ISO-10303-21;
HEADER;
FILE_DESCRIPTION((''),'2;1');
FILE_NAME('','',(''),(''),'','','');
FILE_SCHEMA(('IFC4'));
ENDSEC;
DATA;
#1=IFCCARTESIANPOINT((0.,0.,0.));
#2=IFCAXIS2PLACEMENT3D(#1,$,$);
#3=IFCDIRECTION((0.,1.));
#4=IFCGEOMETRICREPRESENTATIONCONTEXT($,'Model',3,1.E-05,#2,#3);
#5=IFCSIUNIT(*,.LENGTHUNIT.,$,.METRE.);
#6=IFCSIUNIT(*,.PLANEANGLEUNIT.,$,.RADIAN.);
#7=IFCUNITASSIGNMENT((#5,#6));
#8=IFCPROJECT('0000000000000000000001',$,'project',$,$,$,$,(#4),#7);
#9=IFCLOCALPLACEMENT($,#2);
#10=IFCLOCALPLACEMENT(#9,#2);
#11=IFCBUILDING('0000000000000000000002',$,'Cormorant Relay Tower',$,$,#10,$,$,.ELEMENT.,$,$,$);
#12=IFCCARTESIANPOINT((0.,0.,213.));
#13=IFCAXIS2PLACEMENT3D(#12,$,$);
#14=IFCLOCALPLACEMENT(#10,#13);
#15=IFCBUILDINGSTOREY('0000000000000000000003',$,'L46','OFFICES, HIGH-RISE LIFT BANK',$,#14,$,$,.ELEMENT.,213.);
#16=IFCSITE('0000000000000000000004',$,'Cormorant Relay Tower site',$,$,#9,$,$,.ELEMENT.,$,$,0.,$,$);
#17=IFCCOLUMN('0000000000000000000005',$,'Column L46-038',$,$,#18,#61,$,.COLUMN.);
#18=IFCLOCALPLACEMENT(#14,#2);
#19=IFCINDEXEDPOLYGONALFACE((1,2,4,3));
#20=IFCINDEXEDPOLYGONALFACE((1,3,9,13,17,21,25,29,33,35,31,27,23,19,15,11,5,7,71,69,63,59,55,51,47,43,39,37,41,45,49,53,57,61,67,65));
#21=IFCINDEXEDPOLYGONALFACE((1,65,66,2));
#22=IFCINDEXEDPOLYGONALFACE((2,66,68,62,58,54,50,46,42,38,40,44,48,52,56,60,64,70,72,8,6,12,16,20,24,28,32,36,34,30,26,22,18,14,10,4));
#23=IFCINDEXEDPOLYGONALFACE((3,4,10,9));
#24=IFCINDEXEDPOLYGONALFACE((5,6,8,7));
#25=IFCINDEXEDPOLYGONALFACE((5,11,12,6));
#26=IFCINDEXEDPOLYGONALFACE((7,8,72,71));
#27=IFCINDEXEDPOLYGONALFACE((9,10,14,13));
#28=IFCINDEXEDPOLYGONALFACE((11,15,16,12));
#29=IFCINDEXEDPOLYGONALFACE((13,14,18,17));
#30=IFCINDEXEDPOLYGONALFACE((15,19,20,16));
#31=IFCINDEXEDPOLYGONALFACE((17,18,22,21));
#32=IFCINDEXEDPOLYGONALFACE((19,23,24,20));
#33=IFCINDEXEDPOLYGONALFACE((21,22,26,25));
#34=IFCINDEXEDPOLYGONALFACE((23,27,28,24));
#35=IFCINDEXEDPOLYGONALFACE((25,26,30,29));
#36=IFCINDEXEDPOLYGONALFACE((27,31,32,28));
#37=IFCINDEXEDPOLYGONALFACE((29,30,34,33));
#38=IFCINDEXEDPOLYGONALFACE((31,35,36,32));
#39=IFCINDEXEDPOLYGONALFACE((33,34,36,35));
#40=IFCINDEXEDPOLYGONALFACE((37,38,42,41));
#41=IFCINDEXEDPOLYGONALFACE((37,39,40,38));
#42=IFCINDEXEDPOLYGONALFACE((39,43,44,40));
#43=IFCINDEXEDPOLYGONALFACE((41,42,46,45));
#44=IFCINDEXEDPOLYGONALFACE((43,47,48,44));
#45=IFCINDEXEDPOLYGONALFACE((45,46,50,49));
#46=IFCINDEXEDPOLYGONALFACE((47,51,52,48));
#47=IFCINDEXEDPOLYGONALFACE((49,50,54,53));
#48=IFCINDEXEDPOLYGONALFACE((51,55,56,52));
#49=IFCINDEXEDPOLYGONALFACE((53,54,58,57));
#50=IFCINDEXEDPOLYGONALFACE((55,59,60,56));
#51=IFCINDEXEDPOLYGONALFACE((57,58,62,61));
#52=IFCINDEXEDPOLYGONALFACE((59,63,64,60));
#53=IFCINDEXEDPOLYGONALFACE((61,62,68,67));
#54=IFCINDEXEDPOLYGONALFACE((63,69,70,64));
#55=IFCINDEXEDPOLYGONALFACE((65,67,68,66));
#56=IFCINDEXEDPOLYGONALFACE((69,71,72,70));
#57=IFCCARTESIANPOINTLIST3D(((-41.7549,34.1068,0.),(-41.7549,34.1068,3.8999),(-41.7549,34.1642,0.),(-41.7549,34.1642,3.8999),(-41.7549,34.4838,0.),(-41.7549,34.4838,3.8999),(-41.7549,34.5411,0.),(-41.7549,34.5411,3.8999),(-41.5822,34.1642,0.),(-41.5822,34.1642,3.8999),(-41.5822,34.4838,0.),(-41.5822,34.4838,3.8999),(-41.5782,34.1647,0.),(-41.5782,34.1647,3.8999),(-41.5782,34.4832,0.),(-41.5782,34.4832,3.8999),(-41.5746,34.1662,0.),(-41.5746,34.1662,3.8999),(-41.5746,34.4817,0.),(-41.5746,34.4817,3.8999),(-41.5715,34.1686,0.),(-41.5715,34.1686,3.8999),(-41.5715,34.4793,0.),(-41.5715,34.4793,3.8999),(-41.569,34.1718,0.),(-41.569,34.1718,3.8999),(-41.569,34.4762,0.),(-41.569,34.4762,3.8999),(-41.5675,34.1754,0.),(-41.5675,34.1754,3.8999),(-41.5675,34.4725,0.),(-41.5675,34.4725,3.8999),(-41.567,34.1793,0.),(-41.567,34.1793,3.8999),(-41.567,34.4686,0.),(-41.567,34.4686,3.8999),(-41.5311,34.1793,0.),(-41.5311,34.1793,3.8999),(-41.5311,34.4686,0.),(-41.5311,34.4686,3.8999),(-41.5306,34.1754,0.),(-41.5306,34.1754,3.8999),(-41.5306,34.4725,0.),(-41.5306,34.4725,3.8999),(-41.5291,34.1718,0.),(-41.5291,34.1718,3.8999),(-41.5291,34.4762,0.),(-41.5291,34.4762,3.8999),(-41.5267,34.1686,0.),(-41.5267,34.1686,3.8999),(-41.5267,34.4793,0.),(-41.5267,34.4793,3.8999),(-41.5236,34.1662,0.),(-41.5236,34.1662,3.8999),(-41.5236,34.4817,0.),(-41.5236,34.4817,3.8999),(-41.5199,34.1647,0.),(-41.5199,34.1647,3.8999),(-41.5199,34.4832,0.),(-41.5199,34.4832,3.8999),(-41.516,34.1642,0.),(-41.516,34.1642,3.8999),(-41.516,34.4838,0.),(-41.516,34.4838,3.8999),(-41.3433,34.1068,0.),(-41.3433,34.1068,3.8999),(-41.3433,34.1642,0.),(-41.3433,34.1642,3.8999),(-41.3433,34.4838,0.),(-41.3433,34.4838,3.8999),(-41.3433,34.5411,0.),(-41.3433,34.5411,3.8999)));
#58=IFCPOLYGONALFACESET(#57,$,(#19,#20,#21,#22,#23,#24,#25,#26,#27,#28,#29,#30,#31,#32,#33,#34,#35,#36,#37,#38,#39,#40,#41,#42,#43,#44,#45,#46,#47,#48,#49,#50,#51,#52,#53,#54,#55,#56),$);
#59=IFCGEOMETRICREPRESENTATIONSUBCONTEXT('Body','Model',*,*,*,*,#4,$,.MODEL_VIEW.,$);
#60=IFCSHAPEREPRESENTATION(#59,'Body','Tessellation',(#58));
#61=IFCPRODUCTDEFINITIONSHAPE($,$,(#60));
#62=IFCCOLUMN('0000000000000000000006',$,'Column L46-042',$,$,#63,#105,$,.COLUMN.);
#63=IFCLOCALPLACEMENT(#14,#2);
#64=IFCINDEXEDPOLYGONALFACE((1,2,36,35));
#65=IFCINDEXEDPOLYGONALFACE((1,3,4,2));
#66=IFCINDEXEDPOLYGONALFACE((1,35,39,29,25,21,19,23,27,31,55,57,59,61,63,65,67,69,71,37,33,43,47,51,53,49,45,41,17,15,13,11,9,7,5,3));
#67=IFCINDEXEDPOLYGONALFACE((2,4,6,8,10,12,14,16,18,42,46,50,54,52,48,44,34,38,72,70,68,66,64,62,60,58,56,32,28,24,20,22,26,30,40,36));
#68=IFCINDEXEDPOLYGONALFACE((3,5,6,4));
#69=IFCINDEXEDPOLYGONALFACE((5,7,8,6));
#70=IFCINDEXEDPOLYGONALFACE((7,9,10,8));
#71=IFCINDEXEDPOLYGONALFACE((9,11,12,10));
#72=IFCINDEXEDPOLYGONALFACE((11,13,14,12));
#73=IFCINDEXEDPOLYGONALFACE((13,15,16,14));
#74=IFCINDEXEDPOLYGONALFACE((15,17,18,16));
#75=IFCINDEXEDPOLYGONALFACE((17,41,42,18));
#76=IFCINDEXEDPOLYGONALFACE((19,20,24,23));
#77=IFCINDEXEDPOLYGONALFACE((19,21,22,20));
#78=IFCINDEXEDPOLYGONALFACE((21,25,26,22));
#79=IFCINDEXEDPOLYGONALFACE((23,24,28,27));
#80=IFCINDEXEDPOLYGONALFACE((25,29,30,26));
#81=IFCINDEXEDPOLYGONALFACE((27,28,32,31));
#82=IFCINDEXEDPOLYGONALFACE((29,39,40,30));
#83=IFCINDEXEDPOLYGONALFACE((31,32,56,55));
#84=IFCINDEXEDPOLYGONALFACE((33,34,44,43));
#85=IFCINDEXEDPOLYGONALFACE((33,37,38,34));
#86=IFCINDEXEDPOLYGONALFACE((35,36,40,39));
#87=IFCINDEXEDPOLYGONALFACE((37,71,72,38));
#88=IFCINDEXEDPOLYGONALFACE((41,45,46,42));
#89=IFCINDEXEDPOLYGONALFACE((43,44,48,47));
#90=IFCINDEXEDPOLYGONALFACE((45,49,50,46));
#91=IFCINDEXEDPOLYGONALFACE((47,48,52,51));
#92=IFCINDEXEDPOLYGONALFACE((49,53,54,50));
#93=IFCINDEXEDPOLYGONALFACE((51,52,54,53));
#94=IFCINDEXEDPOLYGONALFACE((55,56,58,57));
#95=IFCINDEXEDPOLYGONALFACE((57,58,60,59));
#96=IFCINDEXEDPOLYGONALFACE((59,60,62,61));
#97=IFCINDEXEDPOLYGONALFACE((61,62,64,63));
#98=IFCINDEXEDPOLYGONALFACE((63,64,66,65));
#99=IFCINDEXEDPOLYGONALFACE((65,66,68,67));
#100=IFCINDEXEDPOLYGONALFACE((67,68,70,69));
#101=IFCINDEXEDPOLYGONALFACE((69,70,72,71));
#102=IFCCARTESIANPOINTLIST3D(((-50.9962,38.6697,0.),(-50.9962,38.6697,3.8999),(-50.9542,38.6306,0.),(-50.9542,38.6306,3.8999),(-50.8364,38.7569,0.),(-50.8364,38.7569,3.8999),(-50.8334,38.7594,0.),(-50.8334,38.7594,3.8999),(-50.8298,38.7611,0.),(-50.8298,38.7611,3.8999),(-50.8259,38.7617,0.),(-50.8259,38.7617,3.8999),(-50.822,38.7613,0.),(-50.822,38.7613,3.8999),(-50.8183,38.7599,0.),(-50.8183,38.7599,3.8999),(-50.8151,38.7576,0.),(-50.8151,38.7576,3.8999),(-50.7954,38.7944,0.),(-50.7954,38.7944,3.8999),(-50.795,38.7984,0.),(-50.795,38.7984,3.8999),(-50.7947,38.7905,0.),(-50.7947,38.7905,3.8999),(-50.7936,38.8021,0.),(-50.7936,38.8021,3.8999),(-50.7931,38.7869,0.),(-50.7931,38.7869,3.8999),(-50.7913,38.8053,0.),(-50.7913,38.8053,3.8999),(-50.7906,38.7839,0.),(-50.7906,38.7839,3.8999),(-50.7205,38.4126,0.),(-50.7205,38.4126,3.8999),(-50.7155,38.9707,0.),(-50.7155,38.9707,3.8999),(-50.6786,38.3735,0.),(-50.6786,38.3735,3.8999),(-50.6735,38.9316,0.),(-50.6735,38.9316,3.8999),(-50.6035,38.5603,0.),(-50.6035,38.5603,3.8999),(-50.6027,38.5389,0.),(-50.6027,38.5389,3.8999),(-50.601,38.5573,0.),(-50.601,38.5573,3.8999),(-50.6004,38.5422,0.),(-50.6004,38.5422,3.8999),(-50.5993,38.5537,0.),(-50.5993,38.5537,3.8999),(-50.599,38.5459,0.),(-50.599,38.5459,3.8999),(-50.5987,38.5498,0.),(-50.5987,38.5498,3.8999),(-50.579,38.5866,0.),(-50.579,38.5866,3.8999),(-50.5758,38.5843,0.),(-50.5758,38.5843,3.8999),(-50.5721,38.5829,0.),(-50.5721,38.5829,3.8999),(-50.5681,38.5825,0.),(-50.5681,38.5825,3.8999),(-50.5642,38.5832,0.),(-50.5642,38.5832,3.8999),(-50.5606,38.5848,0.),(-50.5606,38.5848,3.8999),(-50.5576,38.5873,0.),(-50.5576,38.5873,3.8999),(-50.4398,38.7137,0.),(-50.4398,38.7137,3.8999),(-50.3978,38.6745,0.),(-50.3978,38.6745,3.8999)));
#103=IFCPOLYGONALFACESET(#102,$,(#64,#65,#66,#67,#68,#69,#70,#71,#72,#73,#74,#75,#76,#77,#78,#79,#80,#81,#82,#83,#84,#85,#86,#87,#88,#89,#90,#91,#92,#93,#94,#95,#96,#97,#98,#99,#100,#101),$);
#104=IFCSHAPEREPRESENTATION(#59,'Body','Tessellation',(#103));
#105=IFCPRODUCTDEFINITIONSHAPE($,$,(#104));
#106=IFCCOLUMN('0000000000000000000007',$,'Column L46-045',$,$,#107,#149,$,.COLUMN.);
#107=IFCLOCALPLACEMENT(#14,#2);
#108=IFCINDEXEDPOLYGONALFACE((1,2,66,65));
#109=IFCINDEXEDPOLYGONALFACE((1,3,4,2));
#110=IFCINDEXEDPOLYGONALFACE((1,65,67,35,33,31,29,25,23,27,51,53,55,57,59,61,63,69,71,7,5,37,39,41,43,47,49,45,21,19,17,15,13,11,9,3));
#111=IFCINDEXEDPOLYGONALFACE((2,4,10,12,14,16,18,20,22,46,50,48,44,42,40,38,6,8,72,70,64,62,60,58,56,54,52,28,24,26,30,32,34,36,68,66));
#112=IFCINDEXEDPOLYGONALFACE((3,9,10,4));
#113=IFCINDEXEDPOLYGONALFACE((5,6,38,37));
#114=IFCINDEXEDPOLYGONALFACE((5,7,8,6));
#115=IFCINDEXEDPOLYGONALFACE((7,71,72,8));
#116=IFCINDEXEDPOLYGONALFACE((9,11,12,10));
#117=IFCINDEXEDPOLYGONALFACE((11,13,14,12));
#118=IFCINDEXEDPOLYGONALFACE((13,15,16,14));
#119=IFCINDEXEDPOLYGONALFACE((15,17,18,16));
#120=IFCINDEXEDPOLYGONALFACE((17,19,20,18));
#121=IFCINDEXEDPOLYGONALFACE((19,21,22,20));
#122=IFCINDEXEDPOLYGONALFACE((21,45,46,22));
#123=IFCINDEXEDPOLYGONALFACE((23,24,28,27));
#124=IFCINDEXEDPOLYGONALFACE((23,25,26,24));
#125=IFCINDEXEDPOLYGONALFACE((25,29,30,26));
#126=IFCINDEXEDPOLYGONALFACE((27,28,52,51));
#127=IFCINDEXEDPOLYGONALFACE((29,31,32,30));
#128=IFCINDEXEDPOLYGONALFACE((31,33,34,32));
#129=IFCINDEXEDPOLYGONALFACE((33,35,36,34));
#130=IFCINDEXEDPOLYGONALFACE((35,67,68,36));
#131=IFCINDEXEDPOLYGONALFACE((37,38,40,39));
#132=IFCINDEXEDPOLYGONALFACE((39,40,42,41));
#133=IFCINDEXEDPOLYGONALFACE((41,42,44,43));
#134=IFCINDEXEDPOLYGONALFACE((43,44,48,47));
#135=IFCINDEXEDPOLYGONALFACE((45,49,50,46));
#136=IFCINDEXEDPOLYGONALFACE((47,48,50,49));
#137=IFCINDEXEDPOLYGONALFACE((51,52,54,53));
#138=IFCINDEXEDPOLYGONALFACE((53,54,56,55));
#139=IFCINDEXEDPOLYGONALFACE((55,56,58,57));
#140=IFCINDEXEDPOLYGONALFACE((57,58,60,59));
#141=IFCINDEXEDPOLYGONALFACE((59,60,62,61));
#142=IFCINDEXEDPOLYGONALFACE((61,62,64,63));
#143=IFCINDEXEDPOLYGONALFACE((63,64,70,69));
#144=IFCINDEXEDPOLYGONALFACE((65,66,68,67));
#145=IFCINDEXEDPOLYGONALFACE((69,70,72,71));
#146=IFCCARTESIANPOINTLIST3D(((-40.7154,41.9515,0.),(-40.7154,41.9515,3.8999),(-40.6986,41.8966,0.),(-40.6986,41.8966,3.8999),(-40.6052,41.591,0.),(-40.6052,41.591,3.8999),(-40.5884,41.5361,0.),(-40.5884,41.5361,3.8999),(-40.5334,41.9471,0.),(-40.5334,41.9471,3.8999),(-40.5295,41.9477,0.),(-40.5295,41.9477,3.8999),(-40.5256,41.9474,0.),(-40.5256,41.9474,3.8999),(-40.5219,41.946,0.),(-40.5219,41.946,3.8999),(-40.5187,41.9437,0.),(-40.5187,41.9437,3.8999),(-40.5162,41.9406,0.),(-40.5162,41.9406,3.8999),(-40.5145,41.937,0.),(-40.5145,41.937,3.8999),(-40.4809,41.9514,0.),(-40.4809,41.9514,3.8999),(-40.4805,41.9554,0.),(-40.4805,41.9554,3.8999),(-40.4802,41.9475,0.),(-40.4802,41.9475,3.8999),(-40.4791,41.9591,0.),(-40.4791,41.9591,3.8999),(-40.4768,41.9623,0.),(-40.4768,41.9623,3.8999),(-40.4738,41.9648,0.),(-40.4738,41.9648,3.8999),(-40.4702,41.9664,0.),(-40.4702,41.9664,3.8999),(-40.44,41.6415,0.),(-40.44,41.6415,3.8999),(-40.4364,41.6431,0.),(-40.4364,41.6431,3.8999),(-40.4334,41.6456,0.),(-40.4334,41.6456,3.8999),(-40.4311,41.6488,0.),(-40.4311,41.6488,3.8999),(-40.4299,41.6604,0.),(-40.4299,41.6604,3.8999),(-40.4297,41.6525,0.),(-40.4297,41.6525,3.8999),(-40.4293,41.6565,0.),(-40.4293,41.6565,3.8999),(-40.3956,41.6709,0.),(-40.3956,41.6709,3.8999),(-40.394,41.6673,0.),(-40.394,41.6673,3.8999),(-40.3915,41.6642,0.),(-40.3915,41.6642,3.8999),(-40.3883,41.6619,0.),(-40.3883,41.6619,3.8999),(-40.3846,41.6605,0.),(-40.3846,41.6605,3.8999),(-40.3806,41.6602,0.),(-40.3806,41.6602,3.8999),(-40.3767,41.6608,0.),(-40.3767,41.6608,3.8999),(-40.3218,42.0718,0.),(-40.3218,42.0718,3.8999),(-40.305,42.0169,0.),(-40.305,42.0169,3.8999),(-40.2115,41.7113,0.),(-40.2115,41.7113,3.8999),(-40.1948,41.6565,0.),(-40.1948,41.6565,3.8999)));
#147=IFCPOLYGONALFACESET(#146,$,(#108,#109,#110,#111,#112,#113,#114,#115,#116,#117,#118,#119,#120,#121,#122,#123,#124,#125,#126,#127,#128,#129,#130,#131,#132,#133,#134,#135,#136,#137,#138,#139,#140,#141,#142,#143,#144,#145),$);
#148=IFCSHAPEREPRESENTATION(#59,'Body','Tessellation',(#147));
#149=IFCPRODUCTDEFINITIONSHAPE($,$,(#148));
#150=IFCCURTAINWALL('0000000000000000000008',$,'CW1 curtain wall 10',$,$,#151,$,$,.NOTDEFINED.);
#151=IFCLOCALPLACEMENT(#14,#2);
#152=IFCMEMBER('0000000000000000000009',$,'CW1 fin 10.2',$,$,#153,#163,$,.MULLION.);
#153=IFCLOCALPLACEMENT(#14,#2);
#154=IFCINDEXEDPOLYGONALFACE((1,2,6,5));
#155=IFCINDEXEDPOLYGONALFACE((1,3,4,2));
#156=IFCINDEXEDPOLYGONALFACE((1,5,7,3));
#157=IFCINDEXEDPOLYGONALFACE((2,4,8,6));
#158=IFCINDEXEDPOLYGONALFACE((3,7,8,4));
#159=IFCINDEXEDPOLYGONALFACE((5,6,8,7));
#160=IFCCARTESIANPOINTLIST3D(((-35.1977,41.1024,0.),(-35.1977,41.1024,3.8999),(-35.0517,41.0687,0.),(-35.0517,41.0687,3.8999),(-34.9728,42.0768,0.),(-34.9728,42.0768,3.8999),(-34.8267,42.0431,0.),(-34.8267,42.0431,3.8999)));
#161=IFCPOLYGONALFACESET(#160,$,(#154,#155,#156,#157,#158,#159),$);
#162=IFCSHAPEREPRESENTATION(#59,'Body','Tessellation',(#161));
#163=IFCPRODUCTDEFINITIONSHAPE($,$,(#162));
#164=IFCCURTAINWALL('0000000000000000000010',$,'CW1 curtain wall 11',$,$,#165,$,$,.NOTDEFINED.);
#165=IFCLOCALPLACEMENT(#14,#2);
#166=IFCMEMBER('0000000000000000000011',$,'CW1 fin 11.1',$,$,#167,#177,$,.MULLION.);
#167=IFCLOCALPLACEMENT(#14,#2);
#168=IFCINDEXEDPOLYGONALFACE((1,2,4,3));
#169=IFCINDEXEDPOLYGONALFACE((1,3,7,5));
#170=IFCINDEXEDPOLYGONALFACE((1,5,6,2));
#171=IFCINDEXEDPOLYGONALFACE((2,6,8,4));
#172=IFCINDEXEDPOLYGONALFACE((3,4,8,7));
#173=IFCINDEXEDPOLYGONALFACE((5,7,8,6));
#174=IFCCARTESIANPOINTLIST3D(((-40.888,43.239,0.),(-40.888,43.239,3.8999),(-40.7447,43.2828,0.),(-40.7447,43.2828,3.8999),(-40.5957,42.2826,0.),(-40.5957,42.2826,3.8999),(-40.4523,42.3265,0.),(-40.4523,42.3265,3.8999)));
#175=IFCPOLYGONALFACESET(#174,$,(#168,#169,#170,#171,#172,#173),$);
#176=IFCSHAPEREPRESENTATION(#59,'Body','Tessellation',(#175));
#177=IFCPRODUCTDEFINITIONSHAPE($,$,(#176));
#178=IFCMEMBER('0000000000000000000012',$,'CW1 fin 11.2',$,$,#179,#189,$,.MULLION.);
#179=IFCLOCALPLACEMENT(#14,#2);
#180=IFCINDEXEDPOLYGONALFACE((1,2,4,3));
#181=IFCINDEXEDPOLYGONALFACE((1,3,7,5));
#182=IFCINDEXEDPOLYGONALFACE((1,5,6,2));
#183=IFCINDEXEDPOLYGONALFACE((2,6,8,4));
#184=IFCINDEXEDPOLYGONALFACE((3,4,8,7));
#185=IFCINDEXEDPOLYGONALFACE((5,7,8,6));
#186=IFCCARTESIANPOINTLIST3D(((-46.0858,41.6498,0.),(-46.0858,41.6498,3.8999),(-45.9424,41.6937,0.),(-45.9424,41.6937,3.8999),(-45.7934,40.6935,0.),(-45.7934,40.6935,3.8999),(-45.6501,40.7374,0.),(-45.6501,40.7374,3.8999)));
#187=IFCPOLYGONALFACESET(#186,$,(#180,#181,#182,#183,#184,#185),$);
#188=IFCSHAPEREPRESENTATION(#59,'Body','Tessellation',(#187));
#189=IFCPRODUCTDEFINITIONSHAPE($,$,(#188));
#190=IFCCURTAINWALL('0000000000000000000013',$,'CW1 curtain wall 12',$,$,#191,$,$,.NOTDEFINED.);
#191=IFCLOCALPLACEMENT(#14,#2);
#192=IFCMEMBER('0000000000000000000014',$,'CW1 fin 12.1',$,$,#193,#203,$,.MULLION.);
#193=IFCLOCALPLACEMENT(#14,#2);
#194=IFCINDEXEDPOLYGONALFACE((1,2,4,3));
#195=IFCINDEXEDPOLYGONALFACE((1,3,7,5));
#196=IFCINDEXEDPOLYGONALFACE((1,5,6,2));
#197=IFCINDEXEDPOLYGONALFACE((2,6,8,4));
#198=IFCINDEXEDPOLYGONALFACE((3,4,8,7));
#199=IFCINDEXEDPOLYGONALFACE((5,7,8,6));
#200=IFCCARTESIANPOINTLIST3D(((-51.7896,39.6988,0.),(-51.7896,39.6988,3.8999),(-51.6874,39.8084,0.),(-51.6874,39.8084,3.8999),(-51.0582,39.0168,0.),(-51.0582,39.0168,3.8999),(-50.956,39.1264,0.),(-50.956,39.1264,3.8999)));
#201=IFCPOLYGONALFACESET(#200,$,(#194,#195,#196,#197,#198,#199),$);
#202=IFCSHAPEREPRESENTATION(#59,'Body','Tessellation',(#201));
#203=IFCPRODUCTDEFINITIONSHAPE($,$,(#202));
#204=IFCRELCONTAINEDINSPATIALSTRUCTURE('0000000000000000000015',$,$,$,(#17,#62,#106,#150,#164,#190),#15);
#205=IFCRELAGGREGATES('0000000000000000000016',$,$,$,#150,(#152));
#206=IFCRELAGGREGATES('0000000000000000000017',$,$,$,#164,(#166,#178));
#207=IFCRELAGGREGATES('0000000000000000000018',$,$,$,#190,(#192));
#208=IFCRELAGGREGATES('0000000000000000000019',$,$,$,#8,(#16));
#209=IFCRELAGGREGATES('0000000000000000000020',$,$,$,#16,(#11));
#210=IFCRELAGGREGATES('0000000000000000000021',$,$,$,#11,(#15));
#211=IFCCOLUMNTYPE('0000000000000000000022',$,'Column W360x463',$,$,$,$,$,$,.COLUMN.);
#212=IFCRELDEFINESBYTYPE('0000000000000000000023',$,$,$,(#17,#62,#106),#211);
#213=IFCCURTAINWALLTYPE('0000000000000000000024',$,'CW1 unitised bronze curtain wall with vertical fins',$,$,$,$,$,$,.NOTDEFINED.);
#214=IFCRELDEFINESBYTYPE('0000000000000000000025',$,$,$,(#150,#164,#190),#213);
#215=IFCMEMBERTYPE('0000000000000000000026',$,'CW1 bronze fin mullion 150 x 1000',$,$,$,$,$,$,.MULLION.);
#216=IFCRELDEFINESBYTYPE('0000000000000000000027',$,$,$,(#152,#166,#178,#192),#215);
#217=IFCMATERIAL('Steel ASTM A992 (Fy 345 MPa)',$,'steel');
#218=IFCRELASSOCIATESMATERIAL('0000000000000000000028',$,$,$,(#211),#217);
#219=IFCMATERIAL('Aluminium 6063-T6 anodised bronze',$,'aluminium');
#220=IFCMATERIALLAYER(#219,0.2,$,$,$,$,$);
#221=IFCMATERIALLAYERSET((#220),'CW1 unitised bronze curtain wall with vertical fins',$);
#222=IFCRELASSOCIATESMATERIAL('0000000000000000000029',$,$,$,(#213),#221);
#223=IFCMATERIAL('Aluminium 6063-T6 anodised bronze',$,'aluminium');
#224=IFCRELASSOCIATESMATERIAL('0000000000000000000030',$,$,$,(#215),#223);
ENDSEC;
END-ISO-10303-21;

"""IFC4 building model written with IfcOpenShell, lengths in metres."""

from ifc_helpers import new_model, si_unit, direction, frame, origin, origin_2d, place, context, subcontext, project, spatial, rectangle, i_section, extrude, material, layer, layer_set, material_profile, profile_set, type_object, element, aggregate, save


model = new_model("IFC4")

# Units and contexts
model_context = context("Model", 3, precision=1e-05, world=origin(), true_north=direction((0.0, 1.0)))
body_context = subcontext(model_context, "Body", "Model", "MODEL_VIEW")
ifc_project = project(units=[si_unit("LENGTHUNIT", "METRE"), si_unit("PLANEANGLEUNIT", "RADIAN")], contexts=[model_context])

# Site, building, storey
site_placement = place(None, origin())
site = spatial("IfcSite", under=ifc_project, at=site_placement, Name="Cormorant Relay Tower site", CompositionType="ELEMENT", RefElevation=0.0)
building_placement = place(site_placement, origin())
building = spatial("IfcBuilding", under=site, at=building_placement, Name="Cormorant Relay Tower", CompositionType="ELEMENT")
storey_placement = place(building_placement, frame((0.0, 0.0, 213.0)))
storey = spatial("IfcBuildingStorey", under=building, at=storey_placement, Name="L46", Description="OFFICES, HIGH-RISE LIFT BANK", CompositionType="ELEMENT", Elevation=213.0)

# Columns
ifc_material_1 = material(Name="Steel ASTM A992 (Fy 345 MPa)", Category="steel")
ifc_material_profile_1 = material_profile(ifc_material_1, i_section(OverallWidth=0.4116, OverallDepth=0.4343, WebThickness=0.0359, FlangeThickness=0.0574, FilletRadius=0.0151, at=origin_2d()), Name="W360x463")
ifc_profile_set_1 = profile_set([ifc_material_profile_1], Name="Steel ASTM A992 (Fy 345 MPa)")
column_type = type_object("IfcColumnType", Name="Column W360x463", PredefinedType="COLUMN", material=ifc_profile_set_1)
for number, where, z_axis, x_axis, name in (
    (1, (-41.5491, 34.324, 0.0), (0.0, 0.0, 1.0), (1.0, 0.0, 0.0), "Column L46-038"),
    (2, (-50.697, 38.6721, 0.0), (0.0, 0.0, 1.0), (-0.681998, -0.731354, 0.0), "Column L46-042"),
    (3, (-40.4551, 41.804, 0.0), (0.0, 0.0, 1.0), (-0.956305, -0.292372, 0.0), "Column L46-045"),
):
    element("IfcColumn", number, at=place(storey_placement, frame(where, z_axis=z_axis, x_axis=x_axis)), inside=storey, type_object=column_type, Name=name, PredefinedType="COLUMN", context=body_context, shape_type="SweptSolid", body=[
        extrude(i_section(OverallWidth=0.4116, OverallDepth=0.4343, WebThickness=0.0359, FlangeThickness=0.0574, FilletRadius=0.0151, at=origin_2d()), origin(), (0.0, 0.0, 1.0), 3.8999),
    ])

# Curtain wall, member
ifc_material_2 = material(Name="Aluminium 6063-T6 anodised bronze", Category="aluminium")
ifc_layer_1 = layer(ifc_material_2, 0.2)
ifc_layer_set_1 = layer_set([ifc_layer_1], Name="CW1 unitised bronze curtain wall with vertical fins")
curtain_wall_type = type_object("IfcCurtainWallType", Name="CW1 unitised bronze curtain wall with vertical fins", PredefinedType="NOTDEFINED", material=ifc_layer_set_1)
curtain_wall_1_placement = place(storey_placement, origin())
curtain_wall_1 = element("IfcCurtainWall", 4, at=curtain_wall_1_placement, inside=storey, type_object=curtain_wall_type, Name="CW1 curtain wall 10", PredefinedType="NOTDEFINED")
ifc_material_3 = material(Name="Aluminium 6063-T6 anodised bronze", Category="aluminium")
ifc_material_profile_2 = material_profile(ifc_material_3, rectangle(XDim=0.1499, YDim=1.0, at=origin_2d()), Name="AL 150x1000")
ifc_profile_set_2 = profile_set([ifc_material_profile_2], Name="Aluminium 6063-T6 anodised bronze")
member_type_1 = type_object("IfcMemberType", Name="CW1 bronze fin mullion 150 x 1000", PredefinedType="MULLION", material=ifc_profile_set_2)
member_1_placement = place(storey_placement, frame((-35.0122, 41.5728, 0.0), z_axis=(0.0, 0.0, 1.0), x_axis=(-0.97437, 0.224951, 0.0)))
member_1 = element("IfcMember", 5, at=member_1_placement, type_object=member_type_1, Name="CW1 fin 10.2", PredefinedType="MULLION", context=body_context, shape_type="SweptSolid", body=[
    extrude(rectangle(XDim=0.1499, YDim=1.0, at=origin_2d()), origin(), (0.0, 0.0, 1.0), 3.8999),
])

# Curtain walls, members
curtain_wall_2_placement = place(storey_placement, origin())
curtain_wall_2 = element("IfcCurtainWall", 6, at=curtain_wall_2_placement, inside=storey, type_object=curtain_wall_type, Name="CW1 curtain wall 11", PredefinedType="NOTDEFINED")
member_2_placement = place(storey_placement, frame((-40.6702, 42.7827, 0.0), z_axis=(0.0, 0.0, 1.0), x_axis=(-0.956305, -0.292372, 0.0)))
member_2 = element("IfcMember", 7, at=member_2_placement, type_object=member_type_1, Name="CW1 fin 11.1", PredefinedType="MULLION", context=body_context, shape_type="SweptSolid", body=[
    extrude(rectangle(XDim=0.1499, YDim=1.0, at=origin_2d()), origin(), (0.0, 0.0, 1.0), 3.8999),
])
member_3_placement = place(storey_placement, frame((-45.8679, 41.1936, 0.0), z_axis=(0.0, 0.0, 1.0), x_axis=(-0.956305, -0.292372, 0.0)))
member_3 = element("IfcMember", 8, at=member_3_placement, type_object=member_type_1, Name="CW1 fin 11.2", PredefinedType="MULLION", context=body_context, shape_type="SweptSolid", body=[
    extrude(rectangle(XDim=0.1499, YDim=1.0, at=origin_2d()), origin(), (0.0, 0.0, 1.0), 3.8999),
])
curtain_wall_3_placement = place(storey_placement, origin())
curtain_wall_3 = element("IfcCurtainWall", 9, at=curtain_wall_3_placement, inside=storey, type_object=curtain_wall_type, Name="CW1 curtain wall 12", PredefinedType="NOTDEFINED")
member_4_placement = place(storey_placement, frame((-51.3728, 39.4126, 0.0), z_axis=(0.0, 0.0, 1.0), x_axis=(-0.681998, -0.731354, 0.0)))
member_4 = element("IfcMember", 10, at=member_4_placement, type_object=member_type_1, Name="CW1 fin 12.1", PredefinedType="MULLION", context=body_context, shape_type="SweptSolid", body=[
    extrude(rectangle(XDim=0.1499, YDim=1.0, at=origin_2d()), origin(), (0.0, 0.0, 1.0), 3.8999),
])

aggregate(curtain_wall_1, [member_1])
aggregate(curtain_wall_2, [member_2, member_3])
aggregate(curtain_wall_3, [member_4])

save(model, "model.ifc")
